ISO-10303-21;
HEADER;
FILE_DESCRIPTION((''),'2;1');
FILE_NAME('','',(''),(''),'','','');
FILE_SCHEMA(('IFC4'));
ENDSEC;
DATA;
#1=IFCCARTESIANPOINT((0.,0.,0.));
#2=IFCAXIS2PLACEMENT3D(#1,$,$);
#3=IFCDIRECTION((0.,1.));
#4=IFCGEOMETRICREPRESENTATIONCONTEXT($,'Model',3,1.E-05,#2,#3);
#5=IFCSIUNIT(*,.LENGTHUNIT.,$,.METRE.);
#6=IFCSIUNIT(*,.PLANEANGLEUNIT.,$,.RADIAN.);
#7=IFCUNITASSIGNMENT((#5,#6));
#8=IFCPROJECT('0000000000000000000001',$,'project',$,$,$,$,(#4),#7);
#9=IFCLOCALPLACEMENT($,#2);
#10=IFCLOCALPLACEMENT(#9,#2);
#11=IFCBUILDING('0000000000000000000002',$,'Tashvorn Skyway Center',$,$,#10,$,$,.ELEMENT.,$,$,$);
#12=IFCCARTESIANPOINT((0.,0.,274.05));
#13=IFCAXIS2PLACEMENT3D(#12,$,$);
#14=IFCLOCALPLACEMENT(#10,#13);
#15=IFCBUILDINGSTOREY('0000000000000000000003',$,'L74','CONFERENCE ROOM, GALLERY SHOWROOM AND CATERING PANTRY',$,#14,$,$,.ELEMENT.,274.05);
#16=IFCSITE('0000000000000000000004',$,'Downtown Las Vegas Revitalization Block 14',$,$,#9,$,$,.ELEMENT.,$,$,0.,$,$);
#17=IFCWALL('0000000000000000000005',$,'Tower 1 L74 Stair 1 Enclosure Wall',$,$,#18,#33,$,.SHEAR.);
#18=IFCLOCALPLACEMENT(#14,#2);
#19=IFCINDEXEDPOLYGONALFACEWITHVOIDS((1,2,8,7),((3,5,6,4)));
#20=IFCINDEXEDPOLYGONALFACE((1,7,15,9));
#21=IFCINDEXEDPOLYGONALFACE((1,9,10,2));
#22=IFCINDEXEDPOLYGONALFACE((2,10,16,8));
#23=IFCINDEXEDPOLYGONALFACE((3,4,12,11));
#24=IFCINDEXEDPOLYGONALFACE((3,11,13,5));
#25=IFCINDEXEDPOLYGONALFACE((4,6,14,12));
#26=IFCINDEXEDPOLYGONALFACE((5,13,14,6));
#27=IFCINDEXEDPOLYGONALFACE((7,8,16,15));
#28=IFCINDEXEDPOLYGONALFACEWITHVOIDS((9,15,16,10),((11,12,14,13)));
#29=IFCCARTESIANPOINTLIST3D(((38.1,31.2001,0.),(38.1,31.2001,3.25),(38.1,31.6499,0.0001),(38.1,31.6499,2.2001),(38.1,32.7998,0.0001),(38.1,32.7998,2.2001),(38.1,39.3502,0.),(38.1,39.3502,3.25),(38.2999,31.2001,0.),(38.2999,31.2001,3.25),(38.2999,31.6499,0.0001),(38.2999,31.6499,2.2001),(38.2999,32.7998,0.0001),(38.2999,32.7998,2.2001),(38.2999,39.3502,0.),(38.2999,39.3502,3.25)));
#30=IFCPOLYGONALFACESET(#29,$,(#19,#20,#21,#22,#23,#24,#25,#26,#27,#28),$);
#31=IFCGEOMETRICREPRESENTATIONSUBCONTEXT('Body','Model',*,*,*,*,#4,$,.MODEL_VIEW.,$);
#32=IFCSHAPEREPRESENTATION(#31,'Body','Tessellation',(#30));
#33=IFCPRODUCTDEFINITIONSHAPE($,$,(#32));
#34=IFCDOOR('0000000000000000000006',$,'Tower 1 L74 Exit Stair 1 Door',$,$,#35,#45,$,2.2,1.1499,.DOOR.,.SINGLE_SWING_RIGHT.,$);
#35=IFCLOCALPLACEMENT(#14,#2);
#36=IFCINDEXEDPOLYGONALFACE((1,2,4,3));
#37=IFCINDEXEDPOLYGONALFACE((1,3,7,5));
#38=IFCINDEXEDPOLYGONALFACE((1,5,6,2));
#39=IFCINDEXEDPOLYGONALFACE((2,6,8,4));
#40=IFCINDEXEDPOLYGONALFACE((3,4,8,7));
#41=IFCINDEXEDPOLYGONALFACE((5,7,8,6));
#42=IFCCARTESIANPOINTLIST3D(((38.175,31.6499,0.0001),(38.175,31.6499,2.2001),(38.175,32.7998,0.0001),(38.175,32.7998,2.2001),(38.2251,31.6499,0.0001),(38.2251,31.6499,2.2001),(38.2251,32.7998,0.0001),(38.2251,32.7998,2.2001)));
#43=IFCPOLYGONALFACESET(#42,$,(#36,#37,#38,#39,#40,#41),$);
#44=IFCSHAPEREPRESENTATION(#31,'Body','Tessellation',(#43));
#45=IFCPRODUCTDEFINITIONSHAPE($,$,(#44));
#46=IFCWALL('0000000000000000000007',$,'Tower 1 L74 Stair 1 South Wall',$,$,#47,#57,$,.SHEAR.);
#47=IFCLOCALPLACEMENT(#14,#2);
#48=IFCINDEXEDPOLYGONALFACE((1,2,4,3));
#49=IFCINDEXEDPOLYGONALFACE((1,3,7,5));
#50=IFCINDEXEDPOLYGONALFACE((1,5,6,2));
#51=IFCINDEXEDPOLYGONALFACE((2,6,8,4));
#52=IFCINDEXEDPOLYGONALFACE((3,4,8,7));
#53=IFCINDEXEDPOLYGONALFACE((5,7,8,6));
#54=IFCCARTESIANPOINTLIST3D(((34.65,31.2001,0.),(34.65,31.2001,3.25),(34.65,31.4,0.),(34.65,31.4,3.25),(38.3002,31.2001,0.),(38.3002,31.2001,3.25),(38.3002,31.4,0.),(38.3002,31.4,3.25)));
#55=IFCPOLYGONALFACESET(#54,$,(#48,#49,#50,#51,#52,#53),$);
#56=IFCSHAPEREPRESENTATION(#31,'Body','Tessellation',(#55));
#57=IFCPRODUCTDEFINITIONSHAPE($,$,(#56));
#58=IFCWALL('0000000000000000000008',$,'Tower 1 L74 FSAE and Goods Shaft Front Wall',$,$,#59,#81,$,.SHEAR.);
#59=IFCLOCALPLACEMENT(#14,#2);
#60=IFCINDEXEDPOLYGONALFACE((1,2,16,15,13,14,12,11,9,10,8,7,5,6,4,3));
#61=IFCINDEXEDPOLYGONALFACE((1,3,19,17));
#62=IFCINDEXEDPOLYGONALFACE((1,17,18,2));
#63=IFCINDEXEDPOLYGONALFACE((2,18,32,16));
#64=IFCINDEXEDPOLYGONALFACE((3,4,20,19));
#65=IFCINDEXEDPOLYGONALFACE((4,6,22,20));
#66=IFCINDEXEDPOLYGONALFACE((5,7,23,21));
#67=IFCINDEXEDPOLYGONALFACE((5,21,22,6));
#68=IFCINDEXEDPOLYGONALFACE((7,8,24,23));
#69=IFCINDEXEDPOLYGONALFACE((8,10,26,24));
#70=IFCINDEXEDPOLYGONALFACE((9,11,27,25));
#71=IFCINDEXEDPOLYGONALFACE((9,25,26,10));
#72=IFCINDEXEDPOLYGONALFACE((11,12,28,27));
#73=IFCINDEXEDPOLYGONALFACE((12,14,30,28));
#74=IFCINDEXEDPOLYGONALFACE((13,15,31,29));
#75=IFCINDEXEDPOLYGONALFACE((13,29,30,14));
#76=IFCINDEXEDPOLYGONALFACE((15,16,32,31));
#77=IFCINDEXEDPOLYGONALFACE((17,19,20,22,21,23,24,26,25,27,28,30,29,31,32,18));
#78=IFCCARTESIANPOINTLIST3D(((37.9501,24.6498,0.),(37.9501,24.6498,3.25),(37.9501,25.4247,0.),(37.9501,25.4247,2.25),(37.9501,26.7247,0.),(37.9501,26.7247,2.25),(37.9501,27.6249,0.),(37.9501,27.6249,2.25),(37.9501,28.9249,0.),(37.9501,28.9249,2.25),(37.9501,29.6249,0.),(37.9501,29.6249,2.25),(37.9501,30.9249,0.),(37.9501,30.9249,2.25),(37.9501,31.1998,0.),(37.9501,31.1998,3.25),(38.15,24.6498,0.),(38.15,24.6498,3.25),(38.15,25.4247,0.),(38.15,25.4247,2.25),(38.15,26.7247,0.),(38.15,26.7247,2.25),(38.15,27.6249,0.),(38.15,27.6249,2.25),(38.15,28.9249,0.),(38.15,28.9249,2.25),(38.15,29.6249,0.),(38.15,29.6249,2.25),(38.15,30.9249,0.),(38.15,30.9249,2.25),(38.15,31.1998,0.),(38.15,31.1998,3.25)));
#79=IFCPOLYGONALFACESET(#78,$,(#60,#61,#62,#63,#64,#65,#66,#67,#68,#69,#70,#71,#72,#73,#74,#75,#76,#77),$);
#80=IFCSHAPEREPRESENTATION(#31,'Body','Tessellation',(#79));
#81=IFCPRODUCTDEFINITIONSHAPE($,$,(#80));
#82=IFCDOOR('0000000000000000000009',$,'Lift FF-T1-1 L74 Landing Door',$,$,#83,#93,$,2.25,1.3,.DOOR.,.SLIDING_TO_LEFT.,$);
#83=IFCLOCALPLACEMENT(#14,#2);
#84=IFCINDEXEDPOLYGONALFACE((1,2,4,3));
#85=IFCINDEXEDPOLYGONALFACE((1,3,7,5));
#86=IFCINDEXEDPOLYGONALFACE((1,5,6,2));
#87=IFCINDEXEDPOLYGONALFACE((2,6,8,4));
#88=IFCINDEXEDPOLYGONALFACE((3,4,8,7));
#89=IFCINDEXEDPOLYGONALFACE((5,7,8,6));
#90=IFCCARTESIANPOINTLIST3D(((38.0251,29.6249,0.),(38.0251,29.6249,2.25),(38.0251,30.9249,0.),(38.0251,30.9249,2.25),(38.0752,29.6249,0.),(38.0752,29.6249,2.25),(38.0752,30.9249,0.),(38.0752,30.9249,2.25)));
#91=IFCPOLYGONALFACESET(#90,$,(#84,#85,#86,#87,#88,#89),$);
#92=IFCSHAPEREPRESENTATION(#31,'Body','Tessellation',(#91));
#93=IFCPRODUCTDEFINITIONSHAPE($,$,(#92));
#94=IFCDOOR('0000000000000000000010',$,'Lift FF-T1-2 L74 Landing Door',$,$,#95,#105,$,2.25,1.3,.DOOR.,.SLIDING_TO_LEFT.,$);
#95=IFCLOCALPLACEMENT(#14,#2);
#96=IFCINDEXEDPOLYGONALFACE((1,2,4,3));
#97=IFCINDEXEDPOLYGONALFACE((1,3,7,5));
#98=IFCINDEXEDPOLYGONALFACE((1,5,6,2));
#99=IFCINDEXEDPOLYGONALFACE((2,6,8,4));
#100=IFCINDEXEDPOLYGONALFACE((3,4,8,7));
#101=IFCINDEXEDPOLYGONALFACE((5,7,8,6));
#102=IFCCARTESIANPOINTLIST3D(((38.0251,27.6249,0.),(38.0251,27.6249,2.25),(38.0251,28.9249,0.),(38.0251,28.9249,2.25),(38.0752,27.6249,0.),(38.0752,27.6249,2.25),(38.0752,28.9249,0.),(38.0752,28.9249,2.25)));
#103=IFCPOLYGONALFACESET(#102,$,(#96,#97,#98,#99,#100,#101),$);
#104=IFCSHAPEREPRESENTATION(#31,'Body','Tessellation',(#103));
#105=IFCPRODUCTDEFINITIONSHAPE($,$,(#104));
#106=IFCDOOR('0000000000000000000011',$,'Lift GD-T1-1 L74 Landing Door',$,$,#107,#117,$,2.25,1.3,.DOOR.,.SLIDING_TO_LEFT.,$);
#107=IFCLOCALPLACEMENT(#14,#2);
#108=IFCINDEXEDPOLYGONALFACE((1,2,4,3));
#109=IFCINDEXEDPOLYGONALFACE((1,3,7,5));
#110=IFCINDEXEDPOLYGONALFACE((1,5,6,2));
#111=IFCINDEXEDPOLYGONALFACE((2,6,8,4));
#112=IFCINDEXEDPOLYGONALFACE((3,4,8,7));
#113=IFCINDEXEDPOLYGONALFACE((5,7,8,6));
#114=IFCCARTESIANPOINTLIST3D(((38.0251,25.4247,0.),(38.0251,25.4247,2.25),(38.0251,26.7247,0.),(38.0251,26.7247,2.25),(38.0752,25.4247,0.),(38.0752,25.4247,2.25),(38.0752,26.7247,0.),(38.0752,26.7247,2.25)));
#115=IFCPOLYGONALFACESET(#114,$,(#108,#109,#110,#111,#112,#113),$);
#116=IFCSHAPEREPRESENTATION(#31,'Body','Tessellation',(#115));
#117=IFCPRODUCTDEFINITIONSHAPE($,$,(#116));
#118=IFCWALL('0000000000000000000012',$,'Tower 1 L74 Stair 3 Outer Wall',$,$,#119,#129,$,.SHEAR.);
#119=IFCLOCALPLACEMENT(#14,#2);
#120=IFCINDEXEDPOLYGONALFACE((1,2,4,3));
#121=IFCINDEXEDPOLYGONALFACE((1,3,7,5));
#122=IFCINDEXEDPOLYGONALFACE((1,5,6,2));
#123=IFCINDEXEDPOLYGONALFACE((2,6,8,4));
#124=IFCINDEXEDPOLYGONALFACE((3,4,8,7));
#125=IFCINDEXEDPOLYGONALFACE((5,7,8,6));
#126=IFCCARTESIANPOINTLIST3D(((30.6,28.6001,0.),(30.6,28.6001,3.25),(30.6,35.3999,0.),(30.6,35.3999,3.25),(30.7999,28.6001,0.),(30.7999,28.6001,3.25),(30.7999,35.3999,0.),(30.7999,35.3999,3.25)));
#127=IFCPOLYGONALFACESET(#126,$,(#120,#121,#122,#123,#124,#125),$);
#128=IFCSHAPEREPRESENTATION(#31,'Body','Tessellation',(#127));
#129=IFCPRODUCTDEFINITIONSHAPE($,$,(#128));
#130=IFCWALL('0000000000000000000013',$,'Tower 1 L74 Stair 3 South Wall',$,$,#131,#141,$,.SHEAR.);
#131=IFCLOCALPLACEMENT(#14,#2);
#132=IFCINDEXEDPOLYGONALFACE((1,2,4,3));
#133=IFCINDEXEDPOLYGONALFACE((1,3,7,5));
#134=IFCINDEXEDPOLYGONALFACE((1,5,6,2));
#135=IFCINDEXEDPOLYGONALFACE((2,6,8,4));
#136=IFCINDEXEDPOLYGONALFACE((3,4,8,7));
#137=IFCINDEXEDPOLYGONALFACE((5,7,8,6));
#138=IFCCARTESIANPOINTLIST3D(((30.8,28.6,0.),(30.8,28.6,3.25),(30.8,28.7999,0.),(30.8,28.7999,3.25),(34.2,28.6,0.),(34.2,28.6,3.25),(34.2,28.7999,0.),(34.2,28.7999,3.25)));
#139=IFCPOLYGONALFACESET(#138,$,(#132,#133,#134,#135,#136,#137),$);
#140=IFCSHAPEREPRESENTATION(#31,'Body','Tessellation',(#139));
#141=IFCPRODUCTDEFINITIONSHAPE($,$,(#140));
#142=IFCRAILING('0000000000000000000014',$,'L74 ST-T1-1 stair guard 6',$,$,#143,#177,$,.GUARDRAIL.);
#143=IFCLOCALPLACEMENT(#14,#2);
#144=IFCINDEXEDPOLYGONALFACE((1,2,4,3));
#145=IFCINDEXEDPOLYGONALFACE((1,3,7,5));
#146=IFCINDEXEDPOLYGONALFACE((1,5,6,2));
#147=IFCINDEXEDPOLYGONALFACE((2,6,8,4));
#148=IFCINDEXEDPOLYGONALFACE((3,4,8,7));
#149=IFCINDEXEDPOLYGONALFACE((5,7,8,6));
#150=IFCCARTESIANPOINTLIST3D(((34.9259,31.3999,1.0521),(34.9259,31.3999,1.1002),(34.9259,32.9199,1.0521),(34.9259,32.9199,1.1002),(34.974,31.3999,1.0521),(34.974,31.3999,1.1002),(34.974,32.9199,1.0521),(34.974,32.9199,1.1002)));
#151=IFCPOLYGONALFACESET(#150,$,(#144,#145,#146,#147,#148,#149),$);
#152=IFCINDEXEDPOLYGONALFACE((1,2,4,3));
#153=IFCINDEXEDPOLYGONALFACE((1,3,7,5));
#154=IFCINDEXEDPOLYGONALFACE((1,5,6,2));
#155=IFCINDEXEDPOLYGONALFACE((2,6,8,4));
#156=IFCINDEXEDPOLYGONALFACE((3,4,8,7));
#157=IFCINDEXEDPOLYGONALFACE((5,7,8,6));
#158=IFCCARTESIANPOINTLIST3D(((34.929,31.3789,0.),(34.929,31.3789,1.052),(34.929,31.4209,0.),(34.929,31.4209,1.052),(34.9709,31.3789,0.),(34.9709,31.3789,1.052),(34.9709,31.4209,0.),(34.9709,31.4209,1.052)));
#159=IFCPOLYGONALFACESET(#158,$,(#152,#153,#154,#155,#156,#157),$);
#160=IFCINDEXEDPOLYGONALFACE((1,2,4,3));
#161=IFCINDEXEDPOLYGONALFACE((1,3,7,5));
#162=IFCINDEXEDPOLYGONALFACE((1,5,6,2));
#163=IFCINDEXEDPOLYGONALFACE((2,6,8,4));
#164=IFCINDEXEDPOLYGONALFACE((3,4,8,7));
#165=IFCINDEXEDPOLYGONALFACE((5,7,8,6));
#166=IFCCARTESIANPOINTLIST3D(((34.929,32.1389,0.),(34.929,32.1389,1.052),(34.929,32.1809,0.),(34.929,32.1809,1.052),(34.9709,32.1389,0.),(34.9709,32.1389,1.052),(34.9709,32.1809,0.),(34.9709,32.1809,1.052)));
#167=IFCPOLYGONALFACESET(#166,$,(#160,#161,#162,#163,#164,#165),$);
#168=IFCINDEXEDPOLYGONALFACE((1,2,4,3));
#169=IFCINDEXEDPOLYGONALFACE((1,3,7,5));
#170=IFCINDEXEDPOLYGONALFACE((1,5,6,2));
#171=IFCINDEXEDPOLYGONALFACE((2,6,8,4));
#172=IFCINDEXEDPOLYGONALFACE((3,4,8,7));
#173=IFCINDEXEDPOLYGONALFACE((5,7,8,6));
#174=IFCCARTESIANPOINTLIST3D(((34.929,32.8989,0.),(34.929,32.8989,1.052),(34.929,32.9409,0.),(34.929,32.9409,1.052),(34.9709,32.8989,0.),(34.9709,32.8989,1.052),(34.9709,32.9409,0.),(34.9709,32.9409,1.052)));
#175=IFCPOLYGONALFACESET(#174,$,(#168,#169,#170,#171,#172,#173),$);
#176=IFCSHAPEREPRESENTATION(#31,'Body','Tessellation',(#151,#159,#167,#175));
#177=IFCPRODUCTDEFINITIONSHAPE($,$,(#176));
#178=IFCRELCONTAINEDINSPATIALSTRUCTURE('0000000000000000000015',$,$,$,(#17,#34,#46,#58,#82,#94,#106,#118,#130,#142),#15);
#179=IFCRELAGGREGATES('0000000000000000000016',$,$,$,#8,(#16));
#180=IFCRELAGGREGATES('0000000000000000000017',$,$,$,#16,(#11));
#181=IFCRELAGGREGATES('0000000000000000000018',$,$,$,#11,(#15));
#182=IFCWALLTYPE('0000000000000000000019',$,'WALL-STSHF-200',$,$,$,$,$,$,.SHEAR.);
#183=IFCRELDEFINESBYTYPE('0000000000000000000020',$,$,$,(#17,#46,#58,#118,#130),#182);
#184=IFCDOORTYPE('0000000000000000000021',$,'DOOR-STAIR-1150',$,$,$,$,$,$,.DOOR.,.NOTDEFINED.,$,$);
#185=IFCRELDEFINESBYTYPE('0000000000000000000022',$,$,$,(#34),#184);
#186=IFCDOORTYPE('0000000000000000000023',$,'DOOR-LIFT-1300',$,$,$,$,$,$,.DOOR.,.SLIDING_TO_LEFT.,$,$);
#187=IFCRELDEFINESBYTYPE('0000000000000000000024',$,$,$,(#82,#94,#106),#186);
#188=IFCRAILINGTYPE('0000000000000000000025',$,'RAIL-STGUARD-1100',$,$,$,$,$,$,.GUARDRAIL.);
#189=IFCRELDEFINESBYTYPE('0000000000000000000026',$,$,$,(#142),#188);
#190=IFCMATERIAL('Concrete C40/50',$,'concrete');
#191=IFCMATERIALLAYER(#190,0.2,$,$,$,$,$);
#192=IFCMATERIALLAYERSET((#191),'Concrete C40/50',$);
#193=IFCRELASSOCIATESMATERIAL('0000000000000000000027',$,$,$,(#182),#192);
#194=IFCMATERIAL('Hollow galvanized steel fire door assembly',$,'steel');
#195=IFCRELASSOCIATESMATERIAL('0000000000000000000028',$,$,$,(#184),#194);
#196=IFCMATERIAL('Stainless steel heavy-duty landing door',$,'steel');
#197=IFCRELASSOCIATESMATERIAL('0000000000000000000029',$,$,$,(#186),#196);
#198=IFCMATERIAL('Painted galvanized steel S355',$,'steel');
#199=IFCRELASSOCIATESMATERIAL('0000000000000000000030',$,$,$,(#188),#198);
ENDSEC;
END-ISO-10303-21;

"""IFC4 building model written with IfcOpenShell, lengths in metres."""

from ifc_helpers import new_model, si_unit, direction, frame, frame_2d, origin, origin_2d, place, context, subcontext, project, spatial, rectangle, extrude, material, layer, layer_set, type_object, element, fill, save


model = new_model("IFC4")

# Units and contexts
model_context = context("Model", 3, precision=1e-05, world=origin(), true_north=direction((0.0, 1.0)))
body_context = subcontext(model_context, "Body", "Model", "MODEL_VIEW")
ifc_project = project(units=[si_unit("LENGTHUNIT", "METRE"), si_unit("PLANEANGLEUNIT", "RADIAN")], contexts=[model_context])

# Site, building, storey
site_placement = place(None, origin())
site = spatial("IfcSite", under=ifc_project, at=site_placement, Name="Downtown Las Vegas Revitalization Block 14", CompositionType="ELEMENT", RefElevation=0.0)
building_placement = place(site_placement, origin())
building = spatial("IfcBuilding", under=site, at=building_placement, Name="Tashvorn Skyway Center", CompositionType="ELEMENT")
storey_placement = place(building_placement, frame((0.0, 0.0, 274.05)))
storey = spatial("IfcBuildingStorey", under=building, at=storey_placement, Name="L74", Description="CONFERENCE ROOM, GALLERY SHOWROOM AND CATERING PANTRY", CompositionType="ELEMENT", Elevation=274.05)

# Shared definitions
ifc_material_1 = material(Name="Concrete C40/50", Category="concrete")
ifc_material_2 = material(Name="Hollow galvanized steel fire door assembly", Category="steel")

# Wall, opening, door
ifc_layer_1 = layer(ifc_material_1, 0.2)
ifc_layer_set_1 = layer_set([ifc_layer_1], Name="Concrete C40/50")
wall_type_1 = type_object("IfcWallType", Name="WALL-STSHF-200", PredefinedType="SHEAR", material=ifc_layer_set_1)
wall_1_placement = place(storey_placement, frame((38.2, 31.2, 0.0), z_axis=(0.0, 0.0, 1.0), x_axis=(0.0, 1.0, 0.0)))
wall_1 = element("IfcWall", 1, at=wall_1_placement, inside=storey, type_object=wall_type_1, Name="Tower 1 L74 Stair 1 Enclosure Wall", PredefinedType="SHEAR", context=body_context, shape_type="SweptSolid", body=[
    extrude(rectangle(XDim=8.1501, YDim=0.2, at=frame_2d((4.0752, 0.0))), origin(), (0.0, 0.0, 1.0), 3.25),
])
opening_1_placement = place(wall_1_placement, frame((0.45, 0.0, 0.0)))
opening_1 = element("IfcOpeningElement", 2, at=opening_1_placement, cuts=wall_1, PredefinedType="OPENING", context=body_context, shape_type="SweptSolid", body=[
    extrude(rectangle(XDim=1.1499, YDim=2.2, at=frame_2d((0.575, 1.1001))), frame((0.0, 0.1099, 0.0), z_axis=(0.0, -1.0, 0.0), x_axis=(1.0, 0.0, 0.0)), (0.0, 0.0, 1.0), 0.22),
])
door_type_1 = type_object("IfcDoorType", Name="DOOR-STAIR-1150", OperationType="NOTDEFINED", PredefinedType="DOOR", material=ifc_material_2)
door_1_placement = place(opening_1_placement, origin())
door_1 = element("IfcDoor", 3, at=door_1_placement, inside=storey, type_object=door_type_1, Name="Tower 1 L74 Exit Stair 1 Door", OperationType="SINGLE_SWING_RIGHT", OverallHeight=2.2, OverallWidth=1.1499, PredefinedType="DOOR", context=body_context, shape_type="SweptSolid", body=[
    extrude(rectangle(XDim=1.1499, YDim=2.2, at=frame_2d((0.575, 1.1001))), frame((0.0, 0.0249, 0.0), z_axis=(0.0, -1.0, 0.0), x_axis=(1.0, 0.0, 0.0)), (0.0, 0.0, 1.0), 0.05),
])
fill(opening_1, door_1)

# Wall
wall_2_placement = place(storey_placement, frame((34.6499, 31.3, 0.0), z_axis=(0.0, 0.0, 1.0), x_axis=(1.0, 0.0, 0.0)))
element("IfcWall", 4, at=wall_2_placement, inside=storey, type_object=wall_type_1, Name="Tower 1 L74 Stair 1 South Wall", PredefinedType="SHEAR", context=body_context, shape_type="SweptSolid", body=[
    extrude(rectangle(XDim=3.6501, YDim=0.2, at=frame_2d((1.8252, 0.0))), origin(), (0.0, 0.0, 1.0), 3.25),
])

# Wall, openings, doors
wall_3_placement = place(storey_placement, frame((38.05, 24.6499, 0.0), z_axis=(0.0, 0.0, 1.0), x_axis=(0.0, 1.0, 0.0)))
wall_3 = element("IfcWall", 5, at=wall_3_placement, inside=storey, type_object=wall_type_1, Name="Tower 1 L74 FSAE and Goods Shaft Front Wall", PredefinedType="SHEAR", context=body_context, shape_type="SweptSolid", body=[
    extrude(rectangle(XDim=6.55, YDim=0.2, at=frame_2d((3.2749, 0.0))), origin(), (0.0, 0.0, 1.0), 3.25),
])
opening_2_placement = place(wall_3_placement, frame((4.9751, 0.0, 0.0)))
opening_2 = element("IfcOpeningElement", 6, at=opening_2_placement, cuts=wall_3, PredefinedType="OPENING", context=body_context, shape_type="SweptSolid", body=[
    extrude(rectangle(XDim=1.3, YDim=2.25, at=frame_2d((0.6499, 1.125))), frame((0.0, 0.1099, 0.0), z_axis=(0.0, -1.0, 0.0), x_axis=(1.0, 0.0, 0.0)), (0.0, 0.0, 1.0), 0.22),
])
opening_3_placement = place(wall_3_placement, frame((2.9751, 0.0, 0.0)))
opening_3 = element("IfcOpeningElement", 7, at=opening_3_placement, cuts=wall_3, PredefinedType="OPENING", context=body_context, shape_type="SweptSolid", body=[
    extrude(rectangle(XDim=1.3, YDim=2.25, at=frame_2d((0.6499, 1.125))), frame((0.0, 0.1099, 0.0), z_axis=(0.0, -1.0, 0.0), x_axis=(1.0, 0.0, 0.0)), (0.0, 0.0, 1.0), 0.22),
])
opening_4_placement = place(wall_3_placement, frame((0.7749, 0.0, 0.0)))
opening_4 = element("IfcOpeningElement", 8, at=opening_4_placement, cuts=wall_3, PredefinedType="OPENING", context=body_context, shape_type="SweptSolid", body=[
    extrude(rectangle(XDim=1.3, YDim=2.25, at=frame_2d((0.6499, 1.125))), frame((0.0, 0.1099, 0.0), z_axis=(0.0, -1.0, 0.0), x_axis=(1.0, 0.0, 0.0)), (0.0, 0.0, 1.0), 0.22),
])
ifc_material_3 = material(Name="Stainless steel heavy-duty landing door", Category="steel")
door_type_2 = type_object("IfcDoorType", Name="DOOR-LIFT-1300", OperationType="SLIDING_TO_LEFT", PredefinedType="DOOR", material=ifc_material_3)
door_2_placement = place(opening_2_placement, origin())
door_2 = element("IfcDoor", 9, at=door_2_placement, inside=storey, type_object=door_type_2, Name="Lift FF-T1-1 L74 Landing Door", OperationType="SLIDING_TO_LEFT", OverallHeight=2.25, OverallWidth=1.3, PredefinedType="DOOR", context=body_context, shape_type="SweptSolid", body=[
    extrude(rectangle(XDim=1.3, YDim=2.25, at=frame_2d((0.6499, 1.125))), frame((0.0, 0.0249, 0.0), z_axis=(0.0, -1.0, 0.0), x_axis=(1.0, 0.0, 0.0)), (0.0, 0.0, 1.0), 0.05),
])
fill(opening_2, door_2)
door_3_placement = place(opening_3_placement, origin())
door_3 = element("IfcDoor", 10, at=door_3_placement, inside=storey, type_object=door_type_2, Name="Lift FF-T1-2 L74 Landing Door", OperationType="SLIDING_TO_LEFT", OverallHeight=2.25, OverallWidth=1.3, PredefinedType="DOOR", context=body_context, shape_type="SweptSolid", body=[
    extrude(rectangle(XDim=1.3, YDim=2.25, at=frame_2d((0.6499, 1.125))), frame((0.0, 0.0249, 0.0), z_axis=(0.0, -1.0, 0.0), x_axis=(1.0, 0.0, 0.0)), (0.0, 0.0, 1.0), 0.05),
])
fill(opening_3, door_3)
door_4_placement = place(opening_4_placement, origin())
door_4 = element("IfcDoor", 11, at=door_4_placement, inside=storey, type_object=door_type_2, Name="Lift GD-T1-1 L74 Landing Door", OperationType="SLIDING_TO_LEFT", OverallHeight=2.25, OverallWidth=1.3, PredefinedType="DOOR", context=body_context, shape_type="SweptSolid", body=[
    extrude(rectangle(XDim=1.3, YDim=2.25, at=frame_2d((0.6499, 1.125))), frame((0.0, 0.0249, 0.0), z_axis=(0.0, -1.0, 0.0), x_axis=(1.0, 0.0, 0.0)), (0.0, 0.0, 1.0), 0.05),
])
fill(opening_4, door_4)

# Walls
wall_4_placement = place(storey_placement, frame((30.7, 28.6001, 0.0), z_axis=(0.0, 0.0, 1.0), x_axis=(0.0, 1.0, 0.0)))
element("IfcWall", 12, at=wall_4_placement, inside=storey, type_object=wall_type_1, Name="Tower 1 L74 Stair 3 Outer Wall", PredefinedType="SHEAR", context=body_context, shape_type="SweptSolid", body=[
    extrude(rectangle(XDim=6.7998, YDim=0.2, at=frame_2d((3.3999, 0.0))), origin(), (0.0, 0.0, 1.0), 3.25),
])
wall_5_placement = place(storey_placement, frame((30.8, 28.7, 0.0), z_axis=(0.0, 0.0, 1.0), x_axis=(1.0, 0.0, 0.0)))
element("IfcWall", 13, at=wall_5_placement, inside=storey, type_object=wall_type_1, Name="Tower 1 L74 Stair 3 South Wall", PredefinedType="SHEAR", context=body_context, shape_type="SweptSolid", body=[
    extrude(rectangle(XDim=3.3999, YDim=0.2, at=frame_2d((1.7, 0.0))), origin(), (0.0, 0.0, 1.0), 3.25),
])

# Railing
ifc_material_4 = material(Name="Painted galvanized steel S355", Category="steel")
railing_type = type_object("IfcRailingType", Name="RAIL-STGUARD-1100", PredefinedType="GUARDRAIL", material=ifc_material_4)
railing_placement = place(storey_placement, frame((34.95, 31.3999, 0.0)))
element("IfcRailing", 14, at=railing_placement, inside=storey, type_object=railing_type, Name="L74 ST-T1-1 stair guard 6", PredefinedType="GUARDRAIL", context=body_context, shape_type="SweptSolid", body=[
    extrude(rectangle(XDim=0.0481, YDim=0.0481, at=origin_2d()), frame((0.0, 0.0, 1.0762), z_axis=(0.0, 1.0, 0.0), x_axis=(-1.0, 0.0, 0.0)), (0.0, 0.0, 1.0), 1.52),
    extrude(rectangle(XDim=0.042, YDim=0.042, at=origin_2d()), origin(), (0.0, 0.0, 1.0), 1.052),
    extrude(rectangle(XDim=0.042, YDim=0.042, at=origin_2d()), frame((0.0, 0.76, 0.0)), (0.0, 0.0, 1.0), 1.052),
    extrude(rectangle(XDim=0.042, YDim=0.042, at=origin_2d()), frame((0.0, 1.52, 0.0)), (0.0, 0.0, 1.0), 1.052),
])

save(model, "model.ifc")
